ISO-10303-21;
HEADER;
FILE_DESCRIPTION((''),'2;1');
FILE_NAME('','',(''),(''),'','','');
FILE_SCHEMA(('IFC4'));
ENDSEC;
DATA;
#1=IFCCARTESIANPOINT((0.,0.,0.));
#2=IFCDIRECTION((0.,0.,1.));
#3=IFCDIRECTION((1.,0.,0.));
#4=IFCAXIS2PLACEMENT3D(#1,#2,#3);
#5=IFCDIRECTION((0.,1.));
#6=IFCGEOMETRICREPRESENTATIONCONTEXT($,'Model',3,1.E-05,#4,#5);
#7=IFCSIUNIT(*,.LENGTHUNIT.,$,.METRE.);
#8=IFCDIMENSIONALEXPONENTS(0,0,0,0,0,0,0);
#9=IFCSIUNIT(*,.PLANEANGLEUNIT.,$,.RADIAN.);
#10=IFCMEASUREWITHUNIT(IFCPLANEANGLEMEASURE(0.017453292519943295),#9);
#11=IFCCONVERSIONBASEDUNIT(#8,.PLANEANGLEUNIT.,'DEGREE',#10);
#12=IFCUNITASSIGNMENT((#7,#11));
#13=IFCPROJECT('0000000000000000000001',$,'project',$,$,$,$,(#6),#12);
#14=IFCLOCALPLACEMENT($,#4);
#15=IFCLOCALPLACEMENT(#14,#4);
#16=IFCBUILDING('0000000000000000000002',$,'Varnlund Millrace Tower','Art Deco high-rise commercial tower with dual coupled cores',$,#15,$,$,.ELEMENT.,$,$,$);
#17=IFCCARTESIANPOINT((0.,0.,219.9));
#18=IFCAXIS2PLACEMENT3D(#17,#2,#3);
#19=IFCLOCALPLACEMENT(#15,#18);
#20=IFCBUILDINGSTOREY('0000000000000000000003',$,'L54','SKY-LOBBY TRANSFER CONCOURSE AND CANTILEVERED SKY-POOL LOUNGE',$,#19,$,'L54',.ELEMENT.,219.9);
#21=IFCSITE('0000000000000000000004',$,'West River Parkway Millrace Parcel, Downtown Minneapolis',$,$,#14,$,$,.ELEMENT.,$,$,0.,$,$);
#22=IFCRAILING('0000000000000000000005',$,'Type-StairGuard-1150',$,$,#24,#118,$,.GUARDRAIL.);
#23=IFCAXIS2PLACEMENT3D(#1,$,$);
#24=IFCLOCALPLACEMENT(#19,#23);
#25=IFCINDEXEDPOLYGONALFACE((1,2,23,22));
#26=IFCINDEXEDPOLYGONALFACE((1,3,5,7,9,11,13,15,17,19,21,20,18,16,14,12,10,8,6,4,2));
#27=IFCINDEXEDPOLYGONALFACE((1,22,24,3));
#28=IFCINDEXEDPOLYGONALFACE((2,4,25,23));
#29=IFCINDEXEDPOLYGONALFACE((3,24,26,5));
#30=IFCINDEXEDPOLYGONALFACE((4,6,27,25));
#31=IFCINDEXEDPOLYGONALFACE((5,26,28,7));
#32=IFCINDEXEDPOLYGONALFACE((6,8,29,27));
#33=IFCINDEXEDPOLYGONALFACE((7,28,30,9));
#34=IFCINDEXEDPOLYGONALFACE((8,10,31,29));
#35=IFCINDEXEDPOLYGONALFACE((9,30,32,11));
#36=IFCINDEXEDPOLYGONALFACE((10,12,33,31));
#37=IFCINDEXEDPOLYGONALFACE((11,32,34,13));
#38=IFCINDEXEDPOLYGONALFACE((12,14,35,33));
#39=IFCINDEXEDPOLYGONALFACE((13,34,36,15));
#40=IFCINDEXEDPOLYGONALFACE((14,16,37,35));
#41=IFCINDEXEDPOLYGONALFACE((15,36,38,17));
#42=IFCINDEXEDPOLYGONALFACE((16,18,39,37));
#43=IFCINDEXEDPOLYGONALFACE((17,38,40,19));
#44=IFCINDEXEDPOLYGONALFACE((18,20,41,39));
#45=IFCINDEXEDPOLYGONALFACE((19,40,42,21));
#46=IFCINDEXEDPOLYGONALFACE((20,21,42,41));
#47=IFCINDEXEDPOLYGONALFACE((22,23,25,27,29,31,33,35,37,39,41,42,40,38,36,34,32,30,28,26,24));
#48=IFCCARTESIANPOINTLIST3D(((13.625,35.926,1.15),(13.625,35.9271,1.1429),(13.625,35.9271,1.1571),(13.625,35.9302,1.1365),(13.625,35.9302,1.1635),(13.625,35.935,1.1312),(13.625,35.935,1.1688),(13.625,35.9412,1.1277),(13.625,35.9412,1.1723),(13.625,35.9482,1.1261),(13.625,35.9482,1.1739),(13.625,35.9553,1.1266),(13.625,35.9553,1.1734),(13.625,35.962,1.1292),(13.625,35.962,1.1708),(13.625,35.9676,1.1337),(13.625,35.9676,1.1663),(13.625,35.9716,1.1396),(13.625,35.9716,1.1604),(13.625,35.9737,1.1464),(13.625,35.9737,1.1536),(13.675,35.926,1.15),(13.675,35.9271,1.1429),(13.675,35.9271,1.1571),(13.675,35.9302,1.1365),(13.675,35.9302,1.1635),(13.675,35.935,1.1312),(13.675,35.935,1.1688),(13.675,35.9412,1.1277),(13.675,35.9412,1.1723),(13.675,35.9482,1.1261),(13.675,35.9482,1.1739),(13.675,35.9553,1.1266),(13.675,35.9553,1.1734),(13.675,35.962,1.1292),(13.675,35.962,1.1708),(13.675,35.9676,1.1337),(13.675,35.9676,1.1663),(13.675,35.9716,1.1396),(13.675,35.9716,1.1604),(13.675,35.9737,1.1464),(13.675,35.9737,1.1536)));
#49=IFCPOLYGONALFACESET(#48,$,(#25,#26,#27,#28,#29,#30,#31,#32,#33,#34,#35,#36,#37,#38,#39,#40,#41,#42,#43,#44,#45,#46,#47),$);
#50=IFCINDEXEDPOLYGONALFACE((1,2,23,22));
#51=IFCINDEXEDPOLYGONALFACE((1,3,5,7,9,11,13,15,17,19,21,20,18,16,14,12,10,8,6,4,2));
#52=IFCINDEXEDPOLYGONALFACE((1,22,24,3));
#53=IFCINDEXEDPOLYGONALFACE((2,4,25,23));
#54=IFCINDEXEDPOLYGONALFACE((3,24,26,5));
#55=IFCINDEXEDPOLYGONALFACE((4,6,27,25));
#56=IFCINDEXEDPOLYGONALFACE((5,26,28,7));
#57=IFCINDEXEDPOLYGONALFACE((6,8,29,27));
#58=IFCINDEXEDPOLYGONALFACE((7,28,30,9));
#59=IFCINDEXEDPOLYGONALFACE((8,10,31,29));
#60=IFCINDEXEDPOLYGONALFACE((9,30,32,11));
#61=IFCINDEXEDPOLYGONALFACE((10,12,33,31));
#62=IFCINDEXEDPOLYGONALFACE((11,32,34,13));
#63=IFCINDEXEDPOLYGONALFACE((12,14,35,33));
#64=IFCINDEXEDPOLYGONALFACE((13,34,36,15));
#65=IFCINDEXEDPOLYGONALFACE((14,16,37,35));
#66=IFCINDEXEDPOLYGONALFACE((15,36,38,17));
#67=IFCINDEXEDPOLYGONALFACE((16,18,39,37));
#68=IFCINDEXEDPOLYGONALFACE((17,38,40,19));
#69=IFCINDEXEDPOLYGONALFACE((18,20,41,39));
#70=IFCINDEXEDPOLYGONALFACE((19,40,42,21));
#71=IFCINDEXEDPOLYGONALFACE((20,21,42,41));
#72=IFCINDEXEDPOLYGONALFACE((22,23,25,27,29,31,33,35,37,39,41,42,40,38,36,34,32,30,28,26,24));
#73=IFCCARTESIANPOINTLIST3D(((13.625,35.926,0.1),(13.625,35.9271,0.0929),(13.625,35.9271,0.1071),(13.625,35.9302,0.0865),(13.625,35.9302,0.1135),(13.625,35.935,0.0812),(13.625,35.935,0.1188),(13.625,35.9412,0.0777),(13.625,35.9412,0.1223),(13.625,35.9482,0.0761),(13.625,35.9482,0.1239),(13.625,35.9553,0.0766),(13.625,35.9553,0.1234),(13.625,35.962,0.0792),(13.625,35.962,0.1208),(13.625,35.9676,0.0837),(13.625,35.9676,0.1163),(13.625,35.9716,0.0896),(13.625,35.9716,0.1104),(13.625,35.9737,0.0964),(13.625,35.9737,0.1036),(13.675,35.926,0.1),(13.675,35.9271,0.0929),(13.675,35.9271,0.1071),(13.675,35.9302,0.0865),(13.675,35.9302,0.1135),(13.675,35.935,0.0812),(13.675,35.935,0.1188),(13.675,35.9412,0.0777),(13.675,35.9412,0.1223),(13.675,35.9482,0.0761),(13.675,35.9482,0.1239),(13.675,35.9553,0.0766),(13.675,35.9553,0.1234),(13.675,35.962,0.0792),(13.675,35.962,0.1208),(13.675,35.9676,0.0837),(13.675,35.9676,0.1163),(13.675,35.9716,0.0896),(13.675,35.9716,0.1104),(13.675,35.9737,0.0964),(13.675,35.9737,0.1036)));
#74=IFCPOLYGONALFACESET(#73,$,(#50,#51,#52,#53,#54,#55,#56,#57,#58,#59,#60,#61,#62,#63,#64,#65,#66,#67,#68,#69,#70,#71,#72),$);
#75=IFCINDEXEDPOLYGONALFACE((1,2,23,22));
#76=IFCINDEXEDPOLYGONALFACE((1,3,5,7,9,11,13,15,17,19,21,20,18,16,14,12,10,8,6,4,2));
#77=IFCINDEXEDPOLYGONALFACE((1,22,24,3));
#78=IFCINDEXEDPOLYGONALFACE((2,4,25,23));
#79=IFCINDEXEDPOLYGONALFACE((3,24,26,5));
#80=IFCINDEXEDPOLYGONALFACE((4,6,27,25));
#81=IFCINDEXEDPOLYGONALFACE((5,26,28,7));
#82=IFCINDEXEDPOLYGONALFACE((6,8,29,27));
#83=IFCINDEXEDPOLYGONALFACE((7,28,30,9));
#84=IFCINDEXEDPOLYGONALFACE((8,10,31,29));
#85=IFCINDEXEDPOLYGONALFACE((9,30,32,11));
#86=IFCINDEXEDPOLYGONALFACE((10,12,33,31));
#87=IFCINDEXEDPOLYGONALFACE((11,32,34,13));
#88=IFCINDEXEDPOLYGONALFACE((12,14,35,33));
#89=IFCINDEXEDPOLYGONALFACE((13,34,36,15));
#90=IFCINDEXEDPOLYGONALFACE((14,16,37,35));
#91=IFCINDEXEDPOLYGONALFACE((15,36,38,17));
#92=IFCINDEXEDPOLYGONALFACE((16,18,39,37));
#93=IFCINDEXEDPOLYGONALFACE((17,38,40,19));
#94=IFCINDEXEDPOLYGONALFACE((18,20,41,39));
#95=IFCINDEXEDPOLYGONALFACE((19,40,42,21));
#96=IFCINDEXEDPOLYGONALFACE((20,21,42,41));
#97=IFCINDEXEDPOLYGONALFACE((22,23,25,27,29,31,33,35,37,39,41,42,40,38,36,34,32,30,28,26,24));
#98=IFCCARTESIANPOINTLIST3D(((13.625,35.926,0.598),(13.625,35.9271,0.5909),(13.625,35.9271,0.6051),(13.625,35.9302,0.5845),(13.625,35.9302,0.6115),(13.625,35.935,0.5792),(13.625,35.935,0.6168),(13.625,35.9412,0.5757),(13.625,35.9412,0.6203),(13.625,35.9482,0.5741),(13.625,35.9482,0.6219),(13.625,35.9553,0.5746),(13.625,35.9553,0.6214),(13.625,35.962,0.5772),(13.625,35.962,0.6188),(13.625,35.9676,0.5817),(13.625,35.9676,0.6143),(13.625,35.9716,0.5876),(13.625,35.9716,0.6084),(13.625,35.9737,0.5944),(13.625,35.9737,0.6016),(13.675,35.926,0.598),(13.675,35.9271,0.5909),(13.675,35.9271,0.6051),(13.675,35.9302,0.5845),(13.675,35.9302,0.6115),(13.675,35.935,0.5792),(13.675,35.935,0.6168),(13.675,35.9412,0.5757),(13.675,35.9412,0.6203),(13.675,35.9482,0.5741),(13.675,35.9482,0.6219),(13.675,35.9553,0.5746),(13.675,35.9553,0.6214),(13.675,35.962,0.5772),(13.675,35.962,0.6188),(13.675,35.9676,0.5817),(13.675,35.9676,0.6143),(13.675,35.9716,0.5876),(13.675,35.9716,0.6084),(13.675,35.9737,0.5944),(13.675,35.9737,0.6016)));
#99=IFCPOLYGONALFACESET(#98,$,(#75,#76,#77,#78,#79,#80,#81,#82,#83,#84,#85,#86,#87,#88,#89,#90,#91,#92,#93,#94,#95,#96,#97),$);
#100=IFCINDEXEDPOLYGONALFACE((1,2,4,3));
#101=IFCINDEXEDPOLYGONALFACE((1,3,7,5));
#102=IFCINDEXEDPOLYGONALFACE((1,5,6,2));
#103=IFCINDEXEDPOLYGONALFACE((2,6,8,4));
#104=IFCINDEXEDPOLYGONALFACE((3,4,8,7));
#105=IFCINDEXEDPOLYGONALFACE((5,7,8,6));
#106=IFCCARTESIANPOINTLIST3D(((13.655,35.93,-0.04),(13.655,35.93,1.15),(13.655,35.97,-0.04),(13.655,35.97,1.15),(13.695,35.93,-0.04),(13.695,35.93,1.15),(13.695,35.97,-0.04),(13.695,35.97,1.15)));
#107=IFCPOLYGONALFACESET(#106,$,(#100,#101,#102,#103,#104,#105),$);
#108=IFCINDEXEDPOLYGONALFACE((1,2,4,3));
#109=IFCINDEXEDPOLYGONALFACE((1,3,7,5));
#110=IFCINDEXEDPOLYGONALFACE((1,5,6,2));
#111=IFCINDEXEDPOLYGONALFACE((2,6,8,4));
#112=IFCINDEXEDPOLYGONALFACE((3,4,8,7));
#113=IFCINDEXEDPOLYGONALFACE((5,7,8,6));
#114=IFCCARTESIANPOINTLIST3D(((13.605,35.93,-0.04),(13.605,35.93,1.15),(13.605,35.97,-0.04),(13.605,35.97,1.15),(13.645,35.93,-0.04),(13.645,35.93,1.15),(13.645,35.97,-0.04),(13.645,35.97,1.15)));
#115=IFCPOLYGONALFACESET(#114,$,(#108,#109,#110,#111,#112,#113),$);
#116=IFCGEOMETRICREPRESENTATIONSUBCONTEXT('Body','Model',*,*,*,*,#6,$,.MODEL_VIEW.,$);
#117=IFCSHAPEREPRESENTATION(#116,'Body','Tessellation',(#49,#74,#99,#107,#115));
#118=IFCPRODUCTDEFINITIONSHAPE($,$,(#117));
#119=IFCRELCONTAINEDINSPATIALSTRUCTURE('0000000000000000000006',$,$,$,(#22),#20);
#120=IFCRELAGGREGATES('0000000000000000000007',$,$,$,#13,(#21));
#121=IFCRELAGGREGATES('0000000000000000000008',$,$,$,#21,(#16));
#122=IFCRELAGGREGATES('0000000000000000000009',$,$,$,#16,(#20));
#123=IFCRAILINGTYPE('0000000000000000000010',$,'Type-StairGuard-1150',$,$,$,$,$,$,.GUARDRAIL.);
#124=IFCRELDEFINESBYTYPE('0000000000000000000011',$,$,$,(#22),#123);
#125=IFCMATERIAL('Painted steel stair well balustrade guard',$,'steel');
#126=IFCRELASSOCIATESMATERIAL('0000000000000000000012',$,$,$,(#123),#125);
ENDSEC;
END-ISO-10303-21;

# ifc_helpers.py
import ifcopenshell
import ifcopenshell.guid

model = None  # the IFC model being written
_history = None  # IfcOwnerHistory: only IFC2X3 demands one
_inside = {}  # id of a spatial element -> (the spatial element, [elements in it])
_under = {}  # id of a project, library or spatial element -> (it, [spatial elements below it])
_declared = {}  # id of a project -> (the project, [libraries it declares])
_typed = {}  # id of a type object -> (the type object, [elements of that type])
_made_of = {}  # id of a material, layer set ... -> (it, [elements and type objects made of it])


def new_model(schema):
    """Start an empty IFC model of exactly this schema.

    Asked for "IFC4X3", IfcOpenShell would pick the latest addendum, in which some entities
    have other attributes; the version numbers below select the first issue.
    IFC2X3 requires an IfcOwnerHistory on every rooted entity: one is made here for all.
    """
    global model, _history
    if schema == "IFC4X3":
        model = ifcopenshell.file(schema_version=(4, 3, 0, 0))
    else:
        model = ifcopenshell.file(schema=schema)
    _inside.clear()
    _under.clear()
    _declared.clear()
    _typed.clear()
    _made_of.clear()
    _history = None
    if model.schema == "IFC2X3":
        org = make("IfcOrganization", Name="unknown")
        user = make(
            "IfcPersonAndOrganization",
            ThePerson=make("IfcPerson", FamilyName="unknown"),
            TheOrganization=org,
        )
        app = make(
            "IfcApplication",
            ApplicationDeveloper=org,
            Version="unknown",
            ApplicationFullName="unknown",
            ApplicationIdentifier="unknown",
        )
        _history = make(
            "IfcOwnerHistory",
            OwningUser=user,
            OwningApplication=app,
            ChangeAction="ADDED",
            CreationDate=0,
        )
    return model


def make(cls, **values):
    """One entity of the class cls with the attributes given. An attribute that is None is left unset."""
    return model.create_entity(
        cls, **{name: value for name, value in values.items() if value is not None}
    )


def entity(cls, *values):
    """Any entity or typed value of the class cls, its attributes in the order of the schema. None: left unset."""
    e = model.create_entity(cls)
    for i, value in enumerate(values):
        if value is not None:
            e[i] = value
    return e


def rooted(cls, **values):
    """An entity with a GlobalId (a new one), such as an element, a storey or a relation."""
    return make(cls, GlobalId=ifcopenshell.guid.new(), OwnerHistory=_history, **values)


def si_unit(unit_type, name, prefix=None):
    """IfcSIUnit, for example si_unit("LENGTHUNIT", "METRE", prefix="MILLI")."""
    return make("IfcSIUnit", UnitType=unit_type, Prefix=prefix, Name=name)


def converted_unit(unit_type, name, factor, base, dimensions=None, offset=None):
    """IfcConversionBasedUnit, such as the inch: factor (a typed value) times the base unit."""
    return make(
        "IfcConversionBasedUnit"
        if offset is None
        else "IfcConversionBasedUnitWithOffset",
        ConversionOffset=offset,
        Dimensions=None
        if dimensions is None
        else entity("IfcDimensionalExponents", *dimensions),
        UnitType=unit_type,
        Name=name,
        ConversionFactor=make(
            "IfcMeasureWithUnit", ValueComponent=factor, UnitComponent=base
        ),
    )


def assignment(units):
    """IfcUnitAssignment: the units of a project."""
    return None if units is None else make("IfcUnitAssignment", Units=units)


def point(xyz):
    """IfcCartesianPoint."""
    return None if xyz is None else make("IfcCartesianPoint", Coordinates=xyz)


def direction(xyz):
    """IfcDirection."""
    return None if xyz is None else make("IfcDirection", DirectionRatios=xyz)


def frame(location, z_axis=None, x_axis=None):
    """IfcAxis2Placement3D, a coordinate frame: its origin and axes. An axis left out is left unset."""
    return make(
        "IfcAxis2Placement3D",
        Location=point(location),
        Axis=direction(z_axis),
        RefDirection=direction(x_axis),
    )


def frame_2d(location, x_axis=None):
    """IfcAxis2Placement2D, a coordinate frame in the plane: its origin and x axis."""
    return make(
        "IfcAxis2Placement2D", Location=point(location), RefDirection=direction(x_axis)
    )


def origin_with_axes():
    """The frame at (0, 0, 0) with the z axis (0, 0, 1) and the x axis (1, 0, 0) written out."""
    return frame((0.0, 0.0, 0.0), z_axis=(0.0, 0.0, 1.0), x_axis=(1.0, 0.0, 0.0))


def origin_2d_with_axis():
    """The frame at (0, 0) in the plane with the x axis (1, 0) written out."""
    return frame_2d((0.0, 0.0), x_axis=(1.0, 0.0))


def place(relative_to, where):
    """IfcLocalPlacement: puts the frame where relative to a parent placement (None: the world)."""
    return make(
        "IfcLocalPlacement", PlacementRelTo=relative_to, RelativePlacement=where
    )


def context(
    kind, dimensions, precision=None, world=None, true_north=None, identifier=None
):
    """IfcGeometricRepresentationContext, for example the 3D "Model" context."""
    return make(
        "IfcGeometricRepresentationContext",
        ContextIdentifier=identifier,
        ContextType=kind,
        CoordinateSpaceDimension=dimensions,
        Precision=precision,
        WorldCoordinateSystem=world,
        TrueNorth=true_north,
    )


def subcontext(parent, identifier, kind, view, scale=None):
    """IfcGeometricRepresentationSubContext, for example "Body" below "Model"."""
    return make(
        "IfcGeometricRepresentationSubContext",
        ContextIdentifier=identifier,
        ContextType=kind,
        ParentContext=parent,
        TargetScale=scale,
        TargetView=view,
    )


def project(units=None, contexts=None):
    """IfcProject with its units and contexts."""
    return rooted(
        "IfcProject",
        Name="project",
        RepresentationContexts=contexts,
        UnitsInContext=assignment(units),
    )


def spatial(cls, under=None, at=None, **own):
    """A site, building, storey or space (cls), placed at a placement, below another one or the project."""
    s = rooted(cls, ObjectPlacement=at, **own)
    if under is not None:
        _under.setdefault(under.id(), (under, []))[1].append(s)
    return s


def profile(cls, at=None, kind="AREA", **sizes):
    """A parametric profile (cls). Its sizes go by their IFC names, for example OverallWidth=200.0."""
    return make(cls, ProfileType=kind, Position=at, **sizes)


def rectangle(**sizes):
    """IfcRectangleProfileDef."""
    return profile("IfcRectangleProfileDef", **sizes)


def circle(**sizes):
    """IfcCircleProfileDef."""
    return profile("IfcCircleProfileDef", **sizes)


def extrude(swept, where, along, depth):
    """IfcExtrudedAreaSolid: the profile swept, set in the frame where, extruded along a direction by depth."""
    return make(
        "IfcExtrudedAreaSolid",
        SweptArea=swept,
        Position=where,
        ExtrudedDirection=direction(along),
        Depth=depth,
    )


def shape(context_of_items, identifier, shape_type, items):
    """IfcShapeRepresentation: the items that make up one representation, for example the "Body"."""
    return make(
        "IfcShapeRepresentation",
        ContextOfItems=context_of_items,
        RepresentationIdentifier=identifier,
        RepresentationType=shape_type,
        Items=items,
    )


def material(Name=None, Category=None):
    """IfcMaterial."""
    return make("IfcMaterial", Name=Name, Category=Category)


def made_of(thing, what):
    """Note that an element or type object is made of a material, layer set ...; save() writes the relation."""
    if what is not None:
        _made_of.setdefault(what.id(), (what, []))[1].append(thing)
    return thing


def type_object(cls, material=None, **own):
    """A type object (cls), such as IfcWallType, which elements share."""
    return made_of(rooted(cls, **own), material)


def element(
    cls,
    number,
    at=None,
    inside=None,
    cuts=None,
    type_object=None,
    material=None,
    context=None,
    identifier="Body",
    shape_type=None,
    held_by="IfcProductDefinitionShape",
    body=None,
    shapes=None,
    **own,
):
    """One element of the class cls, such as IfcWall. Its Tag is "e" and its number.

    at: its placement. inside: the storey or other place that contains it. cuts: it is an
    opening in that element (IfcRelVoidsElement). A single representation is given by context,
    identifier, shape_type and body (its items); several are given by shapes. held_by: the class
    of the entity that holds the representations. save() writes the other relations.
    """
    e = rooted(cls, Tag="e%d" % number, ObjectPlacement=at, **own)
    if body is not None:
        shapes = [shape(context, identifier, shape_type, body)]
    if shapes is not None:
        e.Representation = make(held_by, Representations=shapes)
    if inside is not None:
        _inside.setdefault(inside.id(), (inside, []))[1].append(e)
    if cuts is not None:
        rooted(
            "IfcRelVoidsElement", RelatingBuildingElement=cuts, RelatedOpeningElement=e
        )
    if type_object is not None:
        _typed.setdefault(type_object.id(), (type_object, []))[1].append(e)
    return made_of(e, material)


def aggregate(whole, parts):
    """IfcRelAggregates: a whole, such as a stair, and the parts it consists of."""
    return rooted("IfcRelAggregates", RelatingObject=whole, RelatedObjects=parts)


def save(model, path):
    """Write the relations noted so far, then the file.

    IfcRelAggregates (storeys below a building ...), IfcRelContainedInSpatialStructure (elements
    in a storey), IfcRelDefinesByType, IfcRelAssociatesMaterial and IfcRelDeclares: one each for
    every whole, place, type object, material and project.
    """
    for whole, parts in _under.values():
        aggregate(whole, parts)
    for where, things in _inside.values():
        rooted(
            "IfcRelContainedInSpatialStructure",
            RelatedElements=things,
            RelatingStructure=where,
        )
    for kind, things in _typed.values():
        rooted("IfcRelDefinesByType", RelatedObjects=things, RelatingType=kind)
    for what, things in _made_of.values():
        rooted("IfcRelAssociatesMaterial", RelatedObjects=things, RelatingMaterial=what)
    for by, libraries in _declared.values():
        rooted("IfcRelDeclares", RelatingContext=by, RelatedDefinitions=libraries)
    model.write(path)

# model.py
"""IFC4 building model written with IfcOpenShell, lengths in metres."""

from ifc_helpers import new_model, entity, si_unit, converted_unit, direction, frame, origin_with_axes, origin_2d_with_axis, place, context, subcontext, project, spatial, rectangle, circle, extrude, material, type_object, element, save


model = new_model("IFC4")

# Units and contexts
model_context = context("Model", 3, precision=1e-05, world=origin_with_axes(), true_north=direction((0.0, 1.0)))
body_context = subcontext(model_context, "Body", "Model", "MODEL_VIEW")
ifc_project = project(units=[si_unit("LENGTHUNIT", "METRE"), converted_unit("PLANEANGLEUNIT", "DEGREE", entity("IfcPlaneAngleMeasure", 0.017453292519943295), si_unit("PLANEANGLEUNIT", "RADIAN"), dimensions=[0, 0, 0, 0, 0, 0, 0])], contexts=[model_context])

# Site, building, storey
site_placement = place(None, origin_with_axes())
site = spatial("IfcSite", under=ifc_project, at=site_placement, Name="West River Parkway Millrace Parcel, Downtown Minneapolis", CompositionType="ELEMENT", RefElevation=0.0)
building_placement = place(site_placement, origin_with_axes())
building = spatial("IfcBuilding", under=site, at=building_placement, Name="Varnlund Millrace Tower", Description="Art Deco high-rise commercial tower with dual coupled cores", CompositionType="ELEMENT")
storey_placement = place(building_placement, frame((0.0, 0.0, 219.9), z_axis=(0.0, 0.0, 1.0), x_axis=(1.0, 0.0, 0.0)))
storey = spatial("IfcBuildingStorey", under=building, at=storey_placement, Name="L54", Description="SKY-LOBBY TRANSFER CONCOURSE AND CANTILEVERED SKY-POOL LOUNGE", LongName="L54", CompositionType="ELEMENT", Elevation=219.9)

# Railing
ifc_material_1 = material(Name="Painted steel stair well balustrade guard", Category="steel")
railing_type_1 = type_object("IfcRailingType", Name="Type-StairGuard-1150", PredefinedType="GUARDRAIL", material=ifc_material_1)
railing_1_placement = place(storey_placement, frame((0.0, 0.0, -219.9), z_axis=(0.0, 0.0, 1.0), x_axis=(1.0, 0.0, 0.0)))
element("IfcRailing", 1, at=railing_1_placement, inside=storey, type_object=railing_type_1, Name="Type-StairGuard-1150", PredefinedType="GUARDRAIL", context=body_context, shape_type="SweptSolid", body=[
    extrude(circle(Radius=0.024, at=origin_2d_with_axis()), frame((13.675, 35.95, 221.05), z_axis=(-1.0, 0.0, 0.0), x_axis=(0.0, -1.0, 0.0)), (0.0, 0.0, 1.0), 0.05),
    extrude(circle(Radius=0.024, at=origin_2d_with_axis()), frame((13.675, 35.95, 220.0), z_axis=(-1.0, 0.0, 0.0), x_axis=(0.0, -1.0, 0.0)), (0.0, 0.0, 1.0), 0.05),
    extrude(circle(Radius=0.024, at=origin_2d_with_axis()), frame((13.675, 35.95, 220.498), z_axis=(-1.0, 0.0, 0.0), x_axis=(0.0, -1.0, 0.0)), (0.0, 0.0, 1.0), 0.05),
    extrude(rectangle(XDim=0.04, YDim=0.04, at=origin_2d_with_axis()), frame((13.675, 35.95, 219.86), z_axis=(0.0, 0.0, 1.0), x_axis=(1.0, 0.0, 0.0)), (0.0, 0.0, 1.0), 1.19),
    extrude(rectangle(XDim=0.04, YDim=0.04, at=origin_2d_with_axis()), frame((13.625, 35.95, 219.86), z_axis=(0.0, 0.0, 1.0), x_axis=(1.0, 0.0, 0.0)), (0.0, 0.0, 1.0), 1.19),
])

save(model, "model.ifc")
